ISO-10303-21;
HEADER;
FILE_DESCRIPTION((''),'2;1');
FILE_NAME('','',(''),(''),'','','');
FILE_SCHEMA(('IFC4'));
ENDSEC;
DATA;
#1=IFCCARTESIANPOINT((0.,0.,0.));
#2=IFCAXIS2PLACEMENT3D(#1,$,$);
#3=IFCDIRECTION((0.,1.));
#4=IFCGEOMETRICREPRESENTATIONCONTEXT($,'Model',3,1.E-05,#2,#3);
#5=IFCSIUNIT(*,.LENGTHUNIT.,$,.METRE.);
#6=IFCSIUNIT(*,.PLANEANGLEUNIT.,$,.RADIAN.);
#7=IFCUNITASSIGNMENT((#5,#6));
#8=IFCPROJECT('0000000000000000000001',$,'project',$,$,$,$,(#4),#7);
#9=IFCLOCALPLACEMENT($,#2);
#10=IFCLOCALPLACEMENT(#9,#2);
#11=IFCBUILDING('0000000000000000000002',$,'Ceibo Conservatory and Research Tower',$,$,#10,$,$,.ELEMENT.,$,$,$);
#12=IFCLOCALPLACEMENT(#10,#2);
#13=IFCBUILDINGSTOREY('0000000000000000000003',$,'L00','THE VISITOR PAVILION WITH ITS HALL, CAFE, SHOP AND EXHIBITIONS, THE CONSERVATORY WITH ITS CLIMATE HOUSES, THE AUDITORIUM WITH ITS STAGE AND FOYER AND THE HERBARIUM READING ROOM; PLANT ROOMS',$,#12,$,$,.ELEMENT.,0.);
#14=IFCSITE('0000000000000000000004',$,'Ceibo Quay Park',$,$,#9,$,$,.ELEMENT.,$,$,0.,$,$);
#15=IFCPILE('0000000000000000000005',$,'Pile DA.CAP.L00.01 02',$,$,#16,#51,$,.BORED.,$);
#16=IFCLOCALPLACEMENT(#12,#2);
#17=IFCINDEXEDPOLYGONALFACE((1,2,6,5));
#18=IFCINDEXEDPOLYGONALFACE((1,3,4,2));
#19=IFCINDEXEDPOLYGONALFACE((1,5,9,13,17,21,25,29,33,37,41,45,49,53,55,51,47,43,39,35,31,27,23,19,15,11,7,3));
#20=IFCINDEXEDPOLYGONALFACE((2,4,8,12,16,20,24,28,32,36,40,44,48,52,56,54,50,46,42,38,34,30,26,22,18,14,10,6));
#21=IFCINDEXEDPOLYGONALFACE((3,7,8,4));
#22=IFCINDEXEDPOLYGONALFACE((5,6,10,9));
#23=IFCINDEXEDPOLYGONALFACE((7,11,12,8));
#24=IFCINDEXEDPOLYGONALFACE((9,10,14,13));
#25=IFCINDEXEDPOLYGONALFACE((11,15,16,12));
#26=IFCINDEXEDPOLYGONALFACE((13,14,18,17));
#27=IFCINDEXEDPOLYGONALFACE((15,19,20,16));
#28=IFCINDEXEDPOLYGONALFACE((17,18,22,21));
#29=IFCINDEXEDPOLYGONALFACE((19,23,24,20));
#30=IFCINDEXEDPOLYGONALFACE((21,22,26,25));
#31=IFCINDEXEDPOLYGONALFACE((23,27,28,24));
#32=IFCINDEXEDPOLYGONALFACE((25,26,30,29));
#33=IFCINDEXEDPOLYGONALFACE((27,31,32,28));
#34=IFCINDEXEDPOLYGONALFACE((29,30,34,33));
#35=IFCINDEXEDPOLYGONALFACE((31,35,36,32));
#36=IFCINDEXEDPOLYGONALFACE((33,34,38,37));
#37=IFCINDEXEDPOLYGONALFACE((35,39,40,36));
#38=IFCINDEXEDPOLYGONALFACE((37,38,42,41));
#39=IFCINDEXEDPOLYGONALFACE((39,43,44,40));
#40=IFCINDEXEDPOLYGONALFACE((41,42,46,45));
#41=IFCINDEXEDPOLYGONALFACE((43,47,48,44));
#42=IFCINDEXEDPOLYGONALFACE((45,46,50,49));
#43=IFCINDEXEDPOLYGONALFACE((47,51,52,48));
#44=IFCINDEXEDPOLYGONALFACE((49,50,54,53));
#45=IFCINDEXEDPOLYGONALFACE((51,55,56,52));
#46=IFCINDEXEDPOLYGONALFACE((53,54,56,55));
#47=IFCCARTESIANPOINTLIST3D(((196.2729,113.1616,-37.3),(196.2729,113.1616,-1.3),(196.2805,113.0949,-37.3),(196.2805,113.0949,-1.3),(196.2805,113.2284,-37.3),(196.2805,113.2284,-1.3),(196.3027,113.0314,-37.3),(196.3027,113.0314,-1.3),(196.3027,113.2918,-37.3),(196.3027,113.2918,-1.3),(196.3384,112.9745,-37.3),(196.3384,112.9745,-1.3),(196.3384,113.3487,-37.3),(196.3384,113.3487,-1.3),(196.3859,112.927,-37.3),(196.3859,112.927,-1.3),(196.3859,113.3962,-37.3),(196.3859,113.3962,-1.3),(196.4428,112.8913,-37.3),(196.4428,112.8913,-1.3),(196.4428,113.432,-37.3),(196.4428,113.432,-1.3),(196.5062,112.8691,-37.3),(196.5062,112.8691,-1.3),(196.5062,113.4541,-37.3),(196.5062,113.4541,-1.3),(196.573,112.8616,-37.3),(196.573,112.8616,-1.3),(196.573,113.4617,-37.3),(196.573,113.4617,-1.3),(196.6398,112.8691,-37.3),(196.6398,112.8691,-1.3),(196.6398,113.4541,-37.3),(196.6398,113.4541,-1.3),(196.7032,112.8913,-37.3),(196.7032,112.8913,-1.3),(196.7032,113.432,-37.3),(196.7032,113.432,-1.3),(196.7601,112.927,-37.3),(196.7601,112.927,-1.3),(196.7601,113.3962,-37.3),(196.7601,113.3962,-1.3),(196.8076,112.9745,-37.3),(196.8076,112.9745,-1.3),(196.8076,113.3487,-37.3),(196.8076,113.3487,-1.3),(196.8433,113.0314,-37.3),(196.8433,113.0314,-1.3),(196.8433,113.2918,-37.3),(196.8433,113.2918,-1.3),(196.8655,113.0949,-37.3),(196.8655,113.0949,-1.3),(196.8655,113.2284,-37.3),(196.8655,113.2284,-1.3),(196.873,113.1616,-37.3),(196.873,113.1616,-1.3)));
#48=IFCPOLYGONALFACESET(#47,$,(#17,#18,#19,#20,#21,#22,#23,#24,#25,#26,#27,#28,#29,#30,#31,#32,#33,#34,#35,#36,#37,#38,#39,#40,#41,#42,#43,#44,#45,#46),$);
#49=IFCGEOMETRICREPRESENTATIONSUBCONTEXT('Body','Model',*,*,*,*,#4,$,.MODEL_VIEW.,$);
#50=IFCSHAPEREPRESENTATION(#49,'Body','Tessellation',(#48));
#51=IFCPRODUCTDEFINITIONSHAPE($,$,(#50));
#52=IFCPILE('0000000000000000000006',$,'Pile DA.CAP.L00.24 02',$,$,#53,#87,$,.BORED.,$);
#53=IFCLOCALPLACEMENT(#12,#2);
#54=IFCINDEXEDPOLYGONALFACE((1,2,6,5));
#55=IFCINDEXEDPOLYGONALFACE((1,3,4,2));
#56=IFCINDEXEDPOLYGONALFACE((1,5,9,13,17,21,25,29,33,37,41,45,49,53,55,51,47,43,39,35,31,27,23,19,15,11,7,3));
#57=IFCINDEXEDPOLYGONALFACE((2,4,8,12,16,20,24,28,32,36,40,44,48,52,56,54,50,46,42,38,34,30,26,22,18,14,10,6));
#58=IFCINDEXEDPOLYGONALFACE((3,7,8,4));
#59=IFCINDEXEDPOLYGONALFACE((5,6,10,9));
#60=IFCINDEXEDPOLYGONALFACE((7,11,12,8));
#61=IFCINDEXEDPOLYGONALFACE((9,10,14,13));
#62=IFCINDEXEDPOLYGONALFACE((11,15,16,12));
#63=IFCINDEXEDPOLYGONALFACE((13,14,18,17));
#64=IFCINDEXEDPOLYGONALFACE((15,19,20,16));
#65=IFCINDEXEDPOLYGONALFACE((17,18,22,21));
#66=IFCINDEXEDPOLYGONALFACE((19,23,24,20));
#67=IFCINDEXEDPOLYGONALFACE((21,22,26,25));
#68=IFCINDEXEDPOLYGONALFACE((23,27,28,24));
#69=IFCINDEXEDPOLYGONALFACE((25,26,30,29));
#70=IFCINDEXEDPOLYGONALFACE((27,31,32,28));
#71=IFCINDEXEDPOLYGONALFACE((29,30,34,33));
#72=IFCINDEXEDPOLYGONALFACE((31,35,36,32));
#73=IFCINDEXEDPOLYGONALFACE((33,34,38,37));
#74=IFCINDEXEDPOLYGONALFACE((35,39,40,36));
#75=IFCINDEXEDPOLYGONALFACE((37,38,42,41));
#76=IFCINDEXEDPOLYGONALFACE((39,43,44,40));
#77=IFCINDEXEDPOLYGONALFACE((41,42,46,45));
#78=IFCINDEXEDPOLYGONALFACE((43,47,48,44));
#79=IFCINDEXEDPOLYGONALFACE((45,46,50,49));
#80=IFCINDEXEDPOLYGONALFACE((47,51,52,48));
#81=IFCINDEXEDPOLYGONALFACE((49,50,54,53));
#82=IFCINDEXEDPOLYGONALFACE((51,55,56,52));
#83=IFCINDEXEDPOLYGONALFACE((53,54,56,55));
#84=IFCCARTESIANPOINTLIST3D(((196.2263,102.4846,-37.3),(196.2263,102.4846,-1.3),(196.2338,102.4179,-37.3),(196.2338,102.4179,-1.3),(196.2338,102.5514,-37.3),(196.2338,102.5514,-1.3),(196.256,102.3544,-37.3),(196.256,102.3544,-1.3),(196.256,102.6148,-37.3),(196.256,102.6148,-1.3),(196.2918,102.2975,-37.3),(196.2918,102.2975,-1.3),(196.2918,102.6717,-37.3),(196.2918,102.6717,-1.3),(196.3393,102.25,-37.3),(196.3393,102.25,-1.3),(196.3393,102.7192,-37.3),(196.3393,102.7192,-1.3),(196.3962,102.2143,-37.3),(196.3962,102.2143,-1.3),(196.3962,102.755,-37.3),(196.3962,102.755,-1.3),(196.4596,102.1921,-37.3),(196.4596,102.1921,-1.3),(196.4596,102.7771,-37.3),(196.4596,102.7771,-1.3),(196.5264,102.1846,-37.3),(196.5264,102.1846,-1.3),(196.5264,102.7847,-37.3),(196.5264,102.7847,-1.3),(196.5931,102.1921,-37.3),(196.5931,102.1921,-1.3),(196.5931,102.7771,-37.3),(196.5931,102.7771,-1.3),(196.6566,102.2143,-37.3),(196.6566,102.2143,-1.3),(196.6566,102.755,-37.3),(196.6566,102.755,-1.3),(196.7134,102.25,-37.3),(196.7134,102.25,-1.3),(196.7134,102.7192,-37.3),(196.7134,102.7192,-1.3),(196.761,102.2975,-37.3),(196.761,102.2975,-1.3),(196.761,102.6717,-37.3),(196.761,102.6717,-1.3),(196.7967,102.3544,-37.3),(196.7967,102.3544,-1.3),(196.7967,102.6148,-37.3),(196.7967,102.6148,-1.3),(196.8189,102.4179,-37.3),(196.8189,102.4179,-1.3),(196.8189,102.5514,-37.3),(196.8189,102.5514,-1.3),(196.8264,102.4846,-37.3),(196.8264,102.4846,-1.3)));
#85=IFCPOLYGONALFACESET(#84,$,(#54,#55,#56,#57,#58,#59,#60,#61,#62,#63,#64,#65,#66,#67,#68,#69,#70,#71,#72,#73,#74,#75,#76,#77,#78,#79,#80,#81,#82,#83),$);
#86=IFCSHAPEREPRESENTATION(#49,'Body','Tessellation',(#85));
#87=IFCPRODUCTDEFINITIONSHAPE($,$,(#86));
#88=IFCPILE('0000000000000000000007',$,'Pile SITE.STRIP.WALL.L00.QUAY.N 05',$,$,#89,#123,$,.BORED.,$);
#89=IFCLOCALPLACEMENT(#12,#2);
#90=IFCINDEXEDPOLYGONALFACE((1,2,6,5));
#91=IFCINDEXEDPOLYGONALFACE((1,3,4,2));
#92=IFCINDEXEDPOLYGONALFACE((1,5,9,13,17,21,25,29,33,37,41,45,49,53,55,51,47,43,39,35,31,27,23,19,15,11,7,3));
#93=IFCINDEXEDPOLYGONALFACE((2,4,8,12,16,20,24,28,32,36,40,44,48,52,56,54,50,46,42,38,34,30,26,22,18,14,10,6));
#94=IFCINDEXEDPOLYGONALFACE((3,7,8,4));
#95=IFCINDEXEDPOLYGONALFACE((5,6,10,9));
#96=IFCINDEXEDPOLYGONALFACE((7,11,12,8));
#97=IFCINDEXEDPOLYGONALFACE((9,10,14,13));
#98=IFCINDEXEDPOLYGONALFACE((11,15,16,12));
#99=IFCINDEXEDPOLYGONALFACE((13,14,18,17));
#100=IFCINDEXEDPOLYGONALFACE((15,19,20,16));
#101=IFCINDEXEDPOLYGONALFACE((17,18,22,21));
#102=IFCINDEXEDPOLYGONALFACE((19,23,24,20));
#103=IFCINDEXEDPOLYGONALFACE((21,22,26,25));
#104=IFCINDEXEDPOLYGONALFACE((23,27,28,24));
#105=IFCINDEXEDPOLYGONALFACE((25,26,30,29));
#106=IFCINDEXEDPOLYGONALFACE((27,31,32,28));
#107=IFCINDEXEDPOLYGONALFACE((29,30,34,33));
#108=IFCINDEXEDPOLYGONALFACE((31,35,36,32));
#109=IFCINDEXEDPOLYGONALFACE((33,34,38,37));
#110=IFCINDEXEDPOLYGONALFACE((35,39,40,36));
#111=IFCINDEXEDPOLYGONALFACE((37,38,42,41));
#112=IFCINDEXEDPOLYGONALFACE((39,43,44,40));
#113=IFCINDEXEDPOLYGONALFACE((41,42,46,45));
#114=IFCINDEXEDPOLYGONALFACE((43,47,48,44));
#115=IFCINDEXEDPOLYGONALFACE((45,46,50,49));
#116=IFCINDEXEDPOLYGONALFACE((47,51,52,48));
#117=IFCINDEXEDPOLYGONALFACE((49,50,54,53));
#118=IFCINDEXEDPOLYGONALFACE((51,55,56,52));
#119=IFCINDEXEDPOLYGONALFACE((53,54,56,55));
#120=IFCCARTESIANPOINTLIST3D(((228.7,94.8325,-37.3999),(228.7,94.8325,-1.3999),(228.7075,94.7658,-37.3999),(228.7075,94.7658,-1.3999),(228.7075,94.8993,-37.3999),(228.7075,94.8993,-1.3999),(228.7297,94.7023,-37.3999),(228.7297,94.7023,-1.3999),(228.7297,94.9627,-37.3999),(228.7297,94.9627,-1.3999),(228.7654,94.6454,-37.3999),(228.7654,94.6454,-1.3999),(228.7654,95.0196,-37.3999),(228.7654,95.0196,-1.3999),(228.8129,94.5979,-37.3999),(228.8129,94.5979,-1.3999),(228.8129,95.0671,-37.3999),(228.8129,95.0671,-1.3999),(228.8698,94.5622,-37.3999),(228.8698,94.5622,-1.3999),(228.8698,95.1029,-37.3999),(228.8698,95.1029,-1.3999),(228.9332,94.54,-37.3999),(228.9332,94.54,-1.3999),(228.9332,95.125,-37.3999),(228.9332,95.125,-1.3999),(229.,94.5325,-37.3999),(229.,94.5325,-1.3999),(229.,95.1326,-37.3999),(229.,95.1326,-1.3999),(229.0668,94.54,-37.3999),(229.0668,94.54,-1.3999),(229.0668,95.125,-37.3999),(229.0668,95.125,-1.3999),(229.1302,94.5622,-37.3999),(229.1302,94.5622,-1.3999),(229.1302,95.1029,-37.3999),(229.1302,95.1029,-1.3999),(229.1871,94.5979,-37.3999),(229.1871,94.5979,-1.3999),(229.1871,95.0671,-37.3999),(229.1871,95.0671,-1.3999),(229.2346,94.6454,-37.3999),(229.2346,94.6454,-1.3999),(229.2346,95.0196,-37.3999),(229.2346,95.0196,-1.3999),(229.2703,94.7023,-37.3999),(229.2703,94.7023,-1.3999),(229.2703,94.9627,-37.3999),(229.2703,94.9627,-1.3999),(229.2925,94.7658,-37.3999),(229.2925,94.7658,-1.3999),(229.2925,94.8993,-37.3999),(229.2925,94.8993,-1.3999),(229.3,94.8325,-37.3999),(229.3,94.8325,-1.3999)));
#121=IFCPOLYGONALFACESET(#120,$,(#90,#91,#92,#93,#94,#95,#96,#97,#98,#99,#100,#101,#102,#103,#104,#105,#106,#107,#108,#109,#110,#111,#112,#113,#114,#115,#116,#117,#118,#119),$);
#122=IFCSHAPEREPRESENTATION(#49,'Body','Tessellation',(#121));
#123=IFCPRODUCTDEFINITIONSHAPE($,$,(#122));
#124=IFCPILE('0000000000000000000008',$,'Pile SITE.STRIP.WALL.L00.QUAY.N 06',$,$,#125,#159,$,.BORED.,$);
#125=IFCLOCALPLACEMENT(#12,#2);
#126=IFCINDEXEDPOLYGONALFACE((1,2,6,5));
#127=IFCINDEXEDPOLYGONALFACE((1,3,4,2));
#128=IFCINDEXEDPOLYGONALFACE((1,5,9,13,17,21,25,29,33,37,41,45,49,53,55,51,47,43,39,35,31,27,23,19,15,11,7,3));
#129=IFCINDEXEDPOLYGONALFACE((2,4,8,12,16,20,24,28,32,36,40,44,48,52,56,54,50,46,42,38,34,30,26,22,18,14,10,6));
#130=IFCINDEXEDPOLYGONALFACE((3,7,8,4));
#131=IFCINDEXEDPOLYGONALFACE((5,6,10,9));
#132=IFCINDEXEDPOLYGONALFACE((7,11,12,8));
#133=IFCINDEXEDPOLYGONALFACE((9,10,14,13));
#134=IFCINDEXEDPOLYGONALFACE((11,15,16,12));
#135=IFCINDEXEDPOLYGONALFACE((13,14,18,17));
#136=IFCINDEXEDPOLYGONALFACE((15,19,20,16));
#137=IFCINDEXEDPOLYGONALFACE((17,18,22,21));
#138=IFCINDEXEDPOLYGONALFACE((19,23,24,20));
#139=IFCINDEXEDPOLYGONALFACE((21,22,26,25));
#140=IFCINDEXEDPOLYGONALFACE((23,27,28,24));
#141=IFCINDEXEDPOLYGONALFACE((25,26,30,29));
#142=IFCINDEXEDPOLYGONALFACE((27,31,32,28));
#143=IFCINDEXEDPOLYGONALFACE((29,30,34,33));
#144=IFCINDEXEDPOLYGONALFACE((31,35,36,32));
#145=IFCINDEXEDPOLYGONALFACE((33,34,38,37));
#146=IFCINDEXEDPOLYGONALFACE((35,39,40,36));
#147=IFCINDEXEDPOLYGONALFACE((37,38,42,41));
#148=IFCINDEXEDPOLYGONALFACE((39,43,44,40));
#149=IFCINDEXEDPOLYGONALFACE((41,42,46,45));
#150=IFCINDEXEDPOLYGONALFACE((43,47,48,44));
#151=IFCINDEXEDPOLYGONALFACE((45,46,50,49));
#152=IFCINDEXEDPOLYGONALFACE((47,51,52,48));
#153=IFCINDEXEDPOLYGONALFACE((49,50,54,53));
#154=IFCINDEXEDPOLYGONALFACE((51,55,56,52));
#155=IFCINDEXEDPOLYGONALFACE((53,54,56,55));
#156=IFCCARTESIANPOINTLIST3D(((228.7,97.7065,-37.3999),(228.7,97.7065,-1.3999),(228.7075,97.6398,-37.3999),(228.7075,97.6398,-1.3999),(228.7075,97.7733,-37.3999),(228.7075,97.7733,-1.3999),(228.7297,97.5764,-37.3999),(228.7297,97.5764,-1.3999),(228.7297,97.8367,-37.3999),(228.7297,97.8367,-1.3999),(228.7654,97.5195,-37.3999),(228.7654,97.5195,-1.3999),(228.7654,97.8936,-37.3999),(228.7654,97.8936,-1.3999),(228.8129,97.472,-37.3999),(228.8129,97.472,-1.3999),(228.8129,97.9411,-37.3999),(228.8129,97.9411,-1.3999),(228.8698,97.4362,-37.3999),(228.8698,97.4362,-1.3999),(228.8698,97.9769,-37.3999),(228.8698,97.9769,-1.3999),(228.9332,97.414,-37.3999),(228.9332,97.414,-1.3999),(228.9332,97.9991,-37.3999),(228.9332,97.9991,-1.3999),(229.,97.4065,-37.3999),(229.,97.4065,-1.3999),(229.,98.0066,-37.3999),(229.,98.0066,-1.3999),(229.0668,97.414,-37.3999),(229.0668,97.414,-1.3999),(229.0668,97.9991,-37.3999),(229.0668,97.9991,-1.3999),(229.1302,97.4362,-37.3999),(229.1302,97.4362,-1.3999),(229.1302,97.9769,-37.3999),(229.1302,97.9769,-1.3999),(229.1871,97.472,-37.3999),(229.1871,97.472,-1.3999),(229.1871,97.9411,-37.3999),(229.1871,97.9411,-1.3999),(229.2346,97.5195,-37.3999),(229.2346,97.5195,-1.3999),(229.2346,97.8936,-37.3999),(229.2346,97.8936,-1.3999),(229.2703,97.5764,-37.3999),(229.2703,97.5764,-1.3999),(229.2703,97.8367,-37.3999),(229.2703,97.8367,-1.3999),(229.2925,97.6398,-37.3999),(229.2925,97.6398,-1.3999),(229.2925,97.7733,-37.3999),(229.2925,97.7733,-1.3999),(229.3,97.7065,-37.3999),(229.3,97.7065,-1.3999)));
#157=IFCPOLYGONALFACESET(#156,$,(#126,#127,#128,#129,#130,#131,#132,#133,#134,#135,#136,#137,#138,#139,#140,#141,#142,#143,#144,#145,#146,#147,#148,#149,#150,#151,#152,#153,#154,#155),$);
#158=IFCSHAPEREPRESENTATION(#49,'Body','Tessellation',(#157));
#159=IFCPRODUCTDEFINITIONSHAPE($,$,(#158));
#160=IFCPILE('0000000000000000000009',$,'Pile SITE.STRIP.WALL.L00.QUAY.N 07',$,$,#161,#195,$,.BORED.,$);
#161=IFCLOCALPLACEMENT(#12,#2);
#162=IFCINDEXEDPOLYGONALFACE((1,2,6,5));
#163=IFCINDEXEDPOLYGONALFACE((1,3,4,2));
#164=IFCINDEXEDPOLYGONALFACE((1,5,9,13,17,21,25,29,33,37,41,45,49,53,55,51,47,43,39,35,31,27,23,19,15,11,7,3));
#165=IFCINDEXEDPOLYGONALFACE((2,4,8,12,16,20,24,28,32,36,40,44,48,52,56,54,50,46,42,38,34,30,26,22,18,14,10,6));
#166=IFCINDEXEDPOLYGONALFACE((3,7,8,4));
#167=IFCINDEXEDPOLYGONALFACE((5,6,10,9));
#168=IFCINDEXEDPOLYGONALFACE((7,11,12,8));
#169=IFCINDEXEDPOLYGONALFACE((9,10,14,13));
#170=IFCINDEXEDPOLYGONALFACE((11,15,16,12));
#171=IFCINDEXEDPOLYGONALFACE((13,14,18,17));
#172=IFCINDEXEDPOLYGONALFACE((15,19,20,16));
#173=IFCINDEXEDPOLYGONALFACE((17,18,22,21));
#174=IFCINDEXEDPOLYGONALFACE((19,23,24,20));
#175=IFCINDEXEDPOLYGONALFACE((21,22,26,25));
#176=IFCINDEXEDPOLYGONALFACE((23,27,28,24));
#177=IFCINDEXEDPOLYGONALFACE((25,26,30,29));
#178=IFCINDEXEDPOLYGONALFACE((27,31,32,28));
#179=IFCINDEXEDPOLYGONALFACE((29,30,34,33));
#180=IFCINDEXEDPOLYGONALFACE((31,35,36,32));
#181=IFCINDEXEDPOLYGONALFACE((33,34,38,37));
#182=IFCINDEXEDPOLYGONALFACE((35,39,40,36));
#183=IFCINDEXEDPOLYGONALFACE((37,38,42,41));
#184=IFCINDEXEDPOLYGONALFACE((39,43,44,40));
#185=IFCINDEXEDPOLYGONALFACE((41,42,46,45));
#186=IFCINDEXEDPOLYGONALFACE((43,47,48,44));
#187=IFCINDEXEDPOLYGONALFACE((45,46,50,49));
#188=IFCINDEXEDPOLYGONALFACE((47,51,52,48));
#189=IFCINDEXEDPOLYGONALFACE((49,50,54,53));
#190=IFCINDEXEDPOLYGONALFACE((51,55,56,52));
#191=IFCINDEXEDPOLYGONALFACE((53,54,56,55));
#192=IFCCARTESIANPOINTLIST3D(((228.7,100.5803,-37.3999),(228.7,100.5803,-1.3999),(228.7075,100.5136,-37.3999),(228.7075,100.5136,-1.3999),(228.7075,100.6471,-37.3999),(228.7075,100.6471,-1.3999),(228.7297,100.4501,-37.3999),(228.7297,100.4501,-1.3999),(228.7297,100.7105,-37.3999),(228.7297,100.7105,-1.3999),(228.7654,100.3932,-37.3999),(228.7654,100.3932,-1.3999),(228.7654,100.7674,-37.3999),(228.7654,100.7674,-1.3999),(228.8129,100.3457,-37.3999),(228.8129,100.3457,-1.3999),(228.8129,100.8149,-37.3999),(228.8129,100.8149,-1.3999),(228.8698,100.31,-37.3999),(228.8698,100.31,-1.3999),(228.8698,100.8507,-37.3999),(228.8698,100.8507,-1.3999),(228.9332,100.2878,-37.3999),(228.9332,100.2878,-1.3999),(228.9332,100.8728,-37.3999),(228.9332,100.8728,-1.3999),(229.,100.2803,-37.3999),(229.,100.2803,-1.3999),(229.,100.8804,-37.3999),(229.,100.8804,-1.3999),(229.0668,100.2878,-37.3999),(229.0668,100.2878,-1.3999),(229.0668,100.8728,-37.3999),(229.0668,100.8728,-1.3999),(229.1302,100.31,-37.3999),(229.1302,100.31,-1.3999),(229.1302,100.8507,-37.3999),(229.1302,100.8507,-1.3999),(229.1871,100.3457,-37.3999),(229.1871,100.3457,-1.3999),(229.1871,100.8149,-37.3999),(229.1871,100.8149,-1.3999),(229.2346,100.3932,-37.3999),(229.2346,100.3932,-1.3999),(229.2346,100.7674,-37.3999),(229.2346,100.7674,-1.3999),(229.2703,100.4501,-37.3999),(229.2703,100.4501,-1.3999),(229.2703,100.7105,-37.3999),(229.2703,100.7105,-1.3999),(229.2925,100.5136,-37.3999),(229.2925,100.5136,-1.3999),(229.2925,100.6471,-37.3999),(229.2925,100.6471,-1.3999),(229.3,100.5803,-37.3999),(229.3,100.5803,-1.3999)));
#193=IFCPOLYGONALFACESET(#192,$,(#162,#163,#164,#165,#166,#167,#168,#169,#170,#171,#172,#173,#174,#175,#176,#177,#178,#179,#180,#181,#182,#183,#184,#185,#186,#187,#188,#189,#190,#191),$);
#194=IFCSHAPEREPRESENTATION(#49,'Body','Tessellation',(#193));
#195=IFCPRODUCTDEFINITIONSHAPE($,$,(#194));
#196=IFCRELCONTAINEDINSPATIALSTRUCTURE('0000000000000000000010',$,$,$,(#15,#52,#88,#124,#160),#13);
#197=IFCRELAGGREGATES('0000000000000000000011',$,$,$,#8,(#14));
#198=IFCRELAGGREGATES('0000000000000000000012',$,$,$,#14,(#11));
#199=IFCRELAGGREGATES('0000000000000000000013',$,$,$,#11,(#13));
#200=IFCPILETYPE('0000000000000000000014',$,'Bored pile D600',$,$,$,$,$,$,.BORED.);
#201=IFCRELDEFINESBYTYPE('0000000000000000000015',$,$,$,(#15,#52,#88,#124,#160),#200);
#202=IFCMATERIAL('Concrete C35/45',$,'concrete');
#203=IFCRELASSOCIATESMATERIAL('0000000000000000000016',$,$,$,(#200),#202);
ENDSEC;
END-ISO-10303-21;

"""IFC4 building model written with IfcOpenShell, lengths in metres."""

from ifc_helpers import new_model, si_unit, direction, frame, origin, origin_2d, place, context, subcontext, project, spatial, circle, extrude, material, material_profile, profile_set, type_object, element, save


model = new_model("IFC4")

# Units and contexts
model_context = context("Model", 3, precision=1e-05, world=origin(), true_north=direction((0.0, 1.0)))
body_context = subcontext(model_context, "Body", "Model", "MODEL_VIEW")
ifc_project = project(units=[si_unit("LENGTHUNIT", "METRE"), si_unit("PLANEANGLEUNIT", "RADIAN")], contexts=[model_context])

# Site, building, storey
site_placement = place(None, origin())
site = spatial("IfcSite", under=ifc_project, at=site_placement, Name="Ceibo Quay Park", CompositionType="ELEMENT", RefElevation=0.0)
building_placement = place(site_placement, origin())
building = spatial("IfcBuilding", under=site, at=building_placement, Name="Ceibo Conservatory and Research Tower", CompositionType="ELEMENT")
storey_placement = place(building_placement, origin())
storey = spatial("IfcBuildingStorey", under=building, at=storey_placement, Name="L00", Description="THE VISITOR PAVILION WITH ITS HALL, CAFE, SHOP AND EXHIBITIONS, THE CONSERVATORY WITH ITS CLIMATE HOUSES, THE AUDITORIUM WITH ITS STAGE AND FOYER AND THE HERBARIUM READING ROOM; PLANT ROOMS", CompositionType="ELEMENT", Elevation=0.0)

# Piles
ifc_material_1 = material(Name="Concrete C35/45", Category="concrete")
ifc_material_profile_1 = material_profile(ifc_material_1, circle(Radius=0.3, at=origin_2d()), Name="RC D600")
ifc_profile_set_1 = profile_set([ifc_material_profile_1], Name="Concrete C35/45")
pile_type = type_object("IfcPileType", Name="Bored pile D600", PredefinedType="BORED", material=ifc_profile_set_1)
for number, where, z_axis, x_axis, name in (
    (1, (196.573, 113.1616, -1.3), (0.0, 0.0, -1.0), (1.0, 0.0, 0.0), "Pile DA.CAP.L00.01 02"),
    (2, (196.5264, 102.4846, -1.3), (0.0, 0.0, -1.0), (1.0, 0.0, 0.0), "Pile DA.CAP.L00.24 02"),
    (3, (229.0, 94.8325, -1.3999), (0.0, 0.0, -1.0), (1.0, 0.0, 0.0), "Pile SITE.STRIP.WALL.L00.QUAY.N 05"),
    (4, (229.0, 97.7065, -1.3999), (0.0, 0.0, -1.0), (1.0, 0.0, 0.0), "Pile SITE.STRIP.WALL.L00.QUAY.N 06"),
    (5, (229.0, 100.5803, -1.3999), (0.0, 0.0, -1.0), (1.0, 0.0, 0.0), "Pile SITE.STRIP.WALL.L00.QUAY.N 07"),
):
    element("IfcPile", number, at=place(storey_placement, frame(where, z_axis=z_axis, x_axis=x_axis)), inside=storey, type_object=pile_type, Name=name, PredefinedType="BORED", context=body_context, shape_type="SweptSolid", body=[
        extrude(circle(Radius=0.3, at=origin_2d()), origin(), (0.0, 0.0, 1.0), 36.0),
    ])

save(model, "model.ifc")
